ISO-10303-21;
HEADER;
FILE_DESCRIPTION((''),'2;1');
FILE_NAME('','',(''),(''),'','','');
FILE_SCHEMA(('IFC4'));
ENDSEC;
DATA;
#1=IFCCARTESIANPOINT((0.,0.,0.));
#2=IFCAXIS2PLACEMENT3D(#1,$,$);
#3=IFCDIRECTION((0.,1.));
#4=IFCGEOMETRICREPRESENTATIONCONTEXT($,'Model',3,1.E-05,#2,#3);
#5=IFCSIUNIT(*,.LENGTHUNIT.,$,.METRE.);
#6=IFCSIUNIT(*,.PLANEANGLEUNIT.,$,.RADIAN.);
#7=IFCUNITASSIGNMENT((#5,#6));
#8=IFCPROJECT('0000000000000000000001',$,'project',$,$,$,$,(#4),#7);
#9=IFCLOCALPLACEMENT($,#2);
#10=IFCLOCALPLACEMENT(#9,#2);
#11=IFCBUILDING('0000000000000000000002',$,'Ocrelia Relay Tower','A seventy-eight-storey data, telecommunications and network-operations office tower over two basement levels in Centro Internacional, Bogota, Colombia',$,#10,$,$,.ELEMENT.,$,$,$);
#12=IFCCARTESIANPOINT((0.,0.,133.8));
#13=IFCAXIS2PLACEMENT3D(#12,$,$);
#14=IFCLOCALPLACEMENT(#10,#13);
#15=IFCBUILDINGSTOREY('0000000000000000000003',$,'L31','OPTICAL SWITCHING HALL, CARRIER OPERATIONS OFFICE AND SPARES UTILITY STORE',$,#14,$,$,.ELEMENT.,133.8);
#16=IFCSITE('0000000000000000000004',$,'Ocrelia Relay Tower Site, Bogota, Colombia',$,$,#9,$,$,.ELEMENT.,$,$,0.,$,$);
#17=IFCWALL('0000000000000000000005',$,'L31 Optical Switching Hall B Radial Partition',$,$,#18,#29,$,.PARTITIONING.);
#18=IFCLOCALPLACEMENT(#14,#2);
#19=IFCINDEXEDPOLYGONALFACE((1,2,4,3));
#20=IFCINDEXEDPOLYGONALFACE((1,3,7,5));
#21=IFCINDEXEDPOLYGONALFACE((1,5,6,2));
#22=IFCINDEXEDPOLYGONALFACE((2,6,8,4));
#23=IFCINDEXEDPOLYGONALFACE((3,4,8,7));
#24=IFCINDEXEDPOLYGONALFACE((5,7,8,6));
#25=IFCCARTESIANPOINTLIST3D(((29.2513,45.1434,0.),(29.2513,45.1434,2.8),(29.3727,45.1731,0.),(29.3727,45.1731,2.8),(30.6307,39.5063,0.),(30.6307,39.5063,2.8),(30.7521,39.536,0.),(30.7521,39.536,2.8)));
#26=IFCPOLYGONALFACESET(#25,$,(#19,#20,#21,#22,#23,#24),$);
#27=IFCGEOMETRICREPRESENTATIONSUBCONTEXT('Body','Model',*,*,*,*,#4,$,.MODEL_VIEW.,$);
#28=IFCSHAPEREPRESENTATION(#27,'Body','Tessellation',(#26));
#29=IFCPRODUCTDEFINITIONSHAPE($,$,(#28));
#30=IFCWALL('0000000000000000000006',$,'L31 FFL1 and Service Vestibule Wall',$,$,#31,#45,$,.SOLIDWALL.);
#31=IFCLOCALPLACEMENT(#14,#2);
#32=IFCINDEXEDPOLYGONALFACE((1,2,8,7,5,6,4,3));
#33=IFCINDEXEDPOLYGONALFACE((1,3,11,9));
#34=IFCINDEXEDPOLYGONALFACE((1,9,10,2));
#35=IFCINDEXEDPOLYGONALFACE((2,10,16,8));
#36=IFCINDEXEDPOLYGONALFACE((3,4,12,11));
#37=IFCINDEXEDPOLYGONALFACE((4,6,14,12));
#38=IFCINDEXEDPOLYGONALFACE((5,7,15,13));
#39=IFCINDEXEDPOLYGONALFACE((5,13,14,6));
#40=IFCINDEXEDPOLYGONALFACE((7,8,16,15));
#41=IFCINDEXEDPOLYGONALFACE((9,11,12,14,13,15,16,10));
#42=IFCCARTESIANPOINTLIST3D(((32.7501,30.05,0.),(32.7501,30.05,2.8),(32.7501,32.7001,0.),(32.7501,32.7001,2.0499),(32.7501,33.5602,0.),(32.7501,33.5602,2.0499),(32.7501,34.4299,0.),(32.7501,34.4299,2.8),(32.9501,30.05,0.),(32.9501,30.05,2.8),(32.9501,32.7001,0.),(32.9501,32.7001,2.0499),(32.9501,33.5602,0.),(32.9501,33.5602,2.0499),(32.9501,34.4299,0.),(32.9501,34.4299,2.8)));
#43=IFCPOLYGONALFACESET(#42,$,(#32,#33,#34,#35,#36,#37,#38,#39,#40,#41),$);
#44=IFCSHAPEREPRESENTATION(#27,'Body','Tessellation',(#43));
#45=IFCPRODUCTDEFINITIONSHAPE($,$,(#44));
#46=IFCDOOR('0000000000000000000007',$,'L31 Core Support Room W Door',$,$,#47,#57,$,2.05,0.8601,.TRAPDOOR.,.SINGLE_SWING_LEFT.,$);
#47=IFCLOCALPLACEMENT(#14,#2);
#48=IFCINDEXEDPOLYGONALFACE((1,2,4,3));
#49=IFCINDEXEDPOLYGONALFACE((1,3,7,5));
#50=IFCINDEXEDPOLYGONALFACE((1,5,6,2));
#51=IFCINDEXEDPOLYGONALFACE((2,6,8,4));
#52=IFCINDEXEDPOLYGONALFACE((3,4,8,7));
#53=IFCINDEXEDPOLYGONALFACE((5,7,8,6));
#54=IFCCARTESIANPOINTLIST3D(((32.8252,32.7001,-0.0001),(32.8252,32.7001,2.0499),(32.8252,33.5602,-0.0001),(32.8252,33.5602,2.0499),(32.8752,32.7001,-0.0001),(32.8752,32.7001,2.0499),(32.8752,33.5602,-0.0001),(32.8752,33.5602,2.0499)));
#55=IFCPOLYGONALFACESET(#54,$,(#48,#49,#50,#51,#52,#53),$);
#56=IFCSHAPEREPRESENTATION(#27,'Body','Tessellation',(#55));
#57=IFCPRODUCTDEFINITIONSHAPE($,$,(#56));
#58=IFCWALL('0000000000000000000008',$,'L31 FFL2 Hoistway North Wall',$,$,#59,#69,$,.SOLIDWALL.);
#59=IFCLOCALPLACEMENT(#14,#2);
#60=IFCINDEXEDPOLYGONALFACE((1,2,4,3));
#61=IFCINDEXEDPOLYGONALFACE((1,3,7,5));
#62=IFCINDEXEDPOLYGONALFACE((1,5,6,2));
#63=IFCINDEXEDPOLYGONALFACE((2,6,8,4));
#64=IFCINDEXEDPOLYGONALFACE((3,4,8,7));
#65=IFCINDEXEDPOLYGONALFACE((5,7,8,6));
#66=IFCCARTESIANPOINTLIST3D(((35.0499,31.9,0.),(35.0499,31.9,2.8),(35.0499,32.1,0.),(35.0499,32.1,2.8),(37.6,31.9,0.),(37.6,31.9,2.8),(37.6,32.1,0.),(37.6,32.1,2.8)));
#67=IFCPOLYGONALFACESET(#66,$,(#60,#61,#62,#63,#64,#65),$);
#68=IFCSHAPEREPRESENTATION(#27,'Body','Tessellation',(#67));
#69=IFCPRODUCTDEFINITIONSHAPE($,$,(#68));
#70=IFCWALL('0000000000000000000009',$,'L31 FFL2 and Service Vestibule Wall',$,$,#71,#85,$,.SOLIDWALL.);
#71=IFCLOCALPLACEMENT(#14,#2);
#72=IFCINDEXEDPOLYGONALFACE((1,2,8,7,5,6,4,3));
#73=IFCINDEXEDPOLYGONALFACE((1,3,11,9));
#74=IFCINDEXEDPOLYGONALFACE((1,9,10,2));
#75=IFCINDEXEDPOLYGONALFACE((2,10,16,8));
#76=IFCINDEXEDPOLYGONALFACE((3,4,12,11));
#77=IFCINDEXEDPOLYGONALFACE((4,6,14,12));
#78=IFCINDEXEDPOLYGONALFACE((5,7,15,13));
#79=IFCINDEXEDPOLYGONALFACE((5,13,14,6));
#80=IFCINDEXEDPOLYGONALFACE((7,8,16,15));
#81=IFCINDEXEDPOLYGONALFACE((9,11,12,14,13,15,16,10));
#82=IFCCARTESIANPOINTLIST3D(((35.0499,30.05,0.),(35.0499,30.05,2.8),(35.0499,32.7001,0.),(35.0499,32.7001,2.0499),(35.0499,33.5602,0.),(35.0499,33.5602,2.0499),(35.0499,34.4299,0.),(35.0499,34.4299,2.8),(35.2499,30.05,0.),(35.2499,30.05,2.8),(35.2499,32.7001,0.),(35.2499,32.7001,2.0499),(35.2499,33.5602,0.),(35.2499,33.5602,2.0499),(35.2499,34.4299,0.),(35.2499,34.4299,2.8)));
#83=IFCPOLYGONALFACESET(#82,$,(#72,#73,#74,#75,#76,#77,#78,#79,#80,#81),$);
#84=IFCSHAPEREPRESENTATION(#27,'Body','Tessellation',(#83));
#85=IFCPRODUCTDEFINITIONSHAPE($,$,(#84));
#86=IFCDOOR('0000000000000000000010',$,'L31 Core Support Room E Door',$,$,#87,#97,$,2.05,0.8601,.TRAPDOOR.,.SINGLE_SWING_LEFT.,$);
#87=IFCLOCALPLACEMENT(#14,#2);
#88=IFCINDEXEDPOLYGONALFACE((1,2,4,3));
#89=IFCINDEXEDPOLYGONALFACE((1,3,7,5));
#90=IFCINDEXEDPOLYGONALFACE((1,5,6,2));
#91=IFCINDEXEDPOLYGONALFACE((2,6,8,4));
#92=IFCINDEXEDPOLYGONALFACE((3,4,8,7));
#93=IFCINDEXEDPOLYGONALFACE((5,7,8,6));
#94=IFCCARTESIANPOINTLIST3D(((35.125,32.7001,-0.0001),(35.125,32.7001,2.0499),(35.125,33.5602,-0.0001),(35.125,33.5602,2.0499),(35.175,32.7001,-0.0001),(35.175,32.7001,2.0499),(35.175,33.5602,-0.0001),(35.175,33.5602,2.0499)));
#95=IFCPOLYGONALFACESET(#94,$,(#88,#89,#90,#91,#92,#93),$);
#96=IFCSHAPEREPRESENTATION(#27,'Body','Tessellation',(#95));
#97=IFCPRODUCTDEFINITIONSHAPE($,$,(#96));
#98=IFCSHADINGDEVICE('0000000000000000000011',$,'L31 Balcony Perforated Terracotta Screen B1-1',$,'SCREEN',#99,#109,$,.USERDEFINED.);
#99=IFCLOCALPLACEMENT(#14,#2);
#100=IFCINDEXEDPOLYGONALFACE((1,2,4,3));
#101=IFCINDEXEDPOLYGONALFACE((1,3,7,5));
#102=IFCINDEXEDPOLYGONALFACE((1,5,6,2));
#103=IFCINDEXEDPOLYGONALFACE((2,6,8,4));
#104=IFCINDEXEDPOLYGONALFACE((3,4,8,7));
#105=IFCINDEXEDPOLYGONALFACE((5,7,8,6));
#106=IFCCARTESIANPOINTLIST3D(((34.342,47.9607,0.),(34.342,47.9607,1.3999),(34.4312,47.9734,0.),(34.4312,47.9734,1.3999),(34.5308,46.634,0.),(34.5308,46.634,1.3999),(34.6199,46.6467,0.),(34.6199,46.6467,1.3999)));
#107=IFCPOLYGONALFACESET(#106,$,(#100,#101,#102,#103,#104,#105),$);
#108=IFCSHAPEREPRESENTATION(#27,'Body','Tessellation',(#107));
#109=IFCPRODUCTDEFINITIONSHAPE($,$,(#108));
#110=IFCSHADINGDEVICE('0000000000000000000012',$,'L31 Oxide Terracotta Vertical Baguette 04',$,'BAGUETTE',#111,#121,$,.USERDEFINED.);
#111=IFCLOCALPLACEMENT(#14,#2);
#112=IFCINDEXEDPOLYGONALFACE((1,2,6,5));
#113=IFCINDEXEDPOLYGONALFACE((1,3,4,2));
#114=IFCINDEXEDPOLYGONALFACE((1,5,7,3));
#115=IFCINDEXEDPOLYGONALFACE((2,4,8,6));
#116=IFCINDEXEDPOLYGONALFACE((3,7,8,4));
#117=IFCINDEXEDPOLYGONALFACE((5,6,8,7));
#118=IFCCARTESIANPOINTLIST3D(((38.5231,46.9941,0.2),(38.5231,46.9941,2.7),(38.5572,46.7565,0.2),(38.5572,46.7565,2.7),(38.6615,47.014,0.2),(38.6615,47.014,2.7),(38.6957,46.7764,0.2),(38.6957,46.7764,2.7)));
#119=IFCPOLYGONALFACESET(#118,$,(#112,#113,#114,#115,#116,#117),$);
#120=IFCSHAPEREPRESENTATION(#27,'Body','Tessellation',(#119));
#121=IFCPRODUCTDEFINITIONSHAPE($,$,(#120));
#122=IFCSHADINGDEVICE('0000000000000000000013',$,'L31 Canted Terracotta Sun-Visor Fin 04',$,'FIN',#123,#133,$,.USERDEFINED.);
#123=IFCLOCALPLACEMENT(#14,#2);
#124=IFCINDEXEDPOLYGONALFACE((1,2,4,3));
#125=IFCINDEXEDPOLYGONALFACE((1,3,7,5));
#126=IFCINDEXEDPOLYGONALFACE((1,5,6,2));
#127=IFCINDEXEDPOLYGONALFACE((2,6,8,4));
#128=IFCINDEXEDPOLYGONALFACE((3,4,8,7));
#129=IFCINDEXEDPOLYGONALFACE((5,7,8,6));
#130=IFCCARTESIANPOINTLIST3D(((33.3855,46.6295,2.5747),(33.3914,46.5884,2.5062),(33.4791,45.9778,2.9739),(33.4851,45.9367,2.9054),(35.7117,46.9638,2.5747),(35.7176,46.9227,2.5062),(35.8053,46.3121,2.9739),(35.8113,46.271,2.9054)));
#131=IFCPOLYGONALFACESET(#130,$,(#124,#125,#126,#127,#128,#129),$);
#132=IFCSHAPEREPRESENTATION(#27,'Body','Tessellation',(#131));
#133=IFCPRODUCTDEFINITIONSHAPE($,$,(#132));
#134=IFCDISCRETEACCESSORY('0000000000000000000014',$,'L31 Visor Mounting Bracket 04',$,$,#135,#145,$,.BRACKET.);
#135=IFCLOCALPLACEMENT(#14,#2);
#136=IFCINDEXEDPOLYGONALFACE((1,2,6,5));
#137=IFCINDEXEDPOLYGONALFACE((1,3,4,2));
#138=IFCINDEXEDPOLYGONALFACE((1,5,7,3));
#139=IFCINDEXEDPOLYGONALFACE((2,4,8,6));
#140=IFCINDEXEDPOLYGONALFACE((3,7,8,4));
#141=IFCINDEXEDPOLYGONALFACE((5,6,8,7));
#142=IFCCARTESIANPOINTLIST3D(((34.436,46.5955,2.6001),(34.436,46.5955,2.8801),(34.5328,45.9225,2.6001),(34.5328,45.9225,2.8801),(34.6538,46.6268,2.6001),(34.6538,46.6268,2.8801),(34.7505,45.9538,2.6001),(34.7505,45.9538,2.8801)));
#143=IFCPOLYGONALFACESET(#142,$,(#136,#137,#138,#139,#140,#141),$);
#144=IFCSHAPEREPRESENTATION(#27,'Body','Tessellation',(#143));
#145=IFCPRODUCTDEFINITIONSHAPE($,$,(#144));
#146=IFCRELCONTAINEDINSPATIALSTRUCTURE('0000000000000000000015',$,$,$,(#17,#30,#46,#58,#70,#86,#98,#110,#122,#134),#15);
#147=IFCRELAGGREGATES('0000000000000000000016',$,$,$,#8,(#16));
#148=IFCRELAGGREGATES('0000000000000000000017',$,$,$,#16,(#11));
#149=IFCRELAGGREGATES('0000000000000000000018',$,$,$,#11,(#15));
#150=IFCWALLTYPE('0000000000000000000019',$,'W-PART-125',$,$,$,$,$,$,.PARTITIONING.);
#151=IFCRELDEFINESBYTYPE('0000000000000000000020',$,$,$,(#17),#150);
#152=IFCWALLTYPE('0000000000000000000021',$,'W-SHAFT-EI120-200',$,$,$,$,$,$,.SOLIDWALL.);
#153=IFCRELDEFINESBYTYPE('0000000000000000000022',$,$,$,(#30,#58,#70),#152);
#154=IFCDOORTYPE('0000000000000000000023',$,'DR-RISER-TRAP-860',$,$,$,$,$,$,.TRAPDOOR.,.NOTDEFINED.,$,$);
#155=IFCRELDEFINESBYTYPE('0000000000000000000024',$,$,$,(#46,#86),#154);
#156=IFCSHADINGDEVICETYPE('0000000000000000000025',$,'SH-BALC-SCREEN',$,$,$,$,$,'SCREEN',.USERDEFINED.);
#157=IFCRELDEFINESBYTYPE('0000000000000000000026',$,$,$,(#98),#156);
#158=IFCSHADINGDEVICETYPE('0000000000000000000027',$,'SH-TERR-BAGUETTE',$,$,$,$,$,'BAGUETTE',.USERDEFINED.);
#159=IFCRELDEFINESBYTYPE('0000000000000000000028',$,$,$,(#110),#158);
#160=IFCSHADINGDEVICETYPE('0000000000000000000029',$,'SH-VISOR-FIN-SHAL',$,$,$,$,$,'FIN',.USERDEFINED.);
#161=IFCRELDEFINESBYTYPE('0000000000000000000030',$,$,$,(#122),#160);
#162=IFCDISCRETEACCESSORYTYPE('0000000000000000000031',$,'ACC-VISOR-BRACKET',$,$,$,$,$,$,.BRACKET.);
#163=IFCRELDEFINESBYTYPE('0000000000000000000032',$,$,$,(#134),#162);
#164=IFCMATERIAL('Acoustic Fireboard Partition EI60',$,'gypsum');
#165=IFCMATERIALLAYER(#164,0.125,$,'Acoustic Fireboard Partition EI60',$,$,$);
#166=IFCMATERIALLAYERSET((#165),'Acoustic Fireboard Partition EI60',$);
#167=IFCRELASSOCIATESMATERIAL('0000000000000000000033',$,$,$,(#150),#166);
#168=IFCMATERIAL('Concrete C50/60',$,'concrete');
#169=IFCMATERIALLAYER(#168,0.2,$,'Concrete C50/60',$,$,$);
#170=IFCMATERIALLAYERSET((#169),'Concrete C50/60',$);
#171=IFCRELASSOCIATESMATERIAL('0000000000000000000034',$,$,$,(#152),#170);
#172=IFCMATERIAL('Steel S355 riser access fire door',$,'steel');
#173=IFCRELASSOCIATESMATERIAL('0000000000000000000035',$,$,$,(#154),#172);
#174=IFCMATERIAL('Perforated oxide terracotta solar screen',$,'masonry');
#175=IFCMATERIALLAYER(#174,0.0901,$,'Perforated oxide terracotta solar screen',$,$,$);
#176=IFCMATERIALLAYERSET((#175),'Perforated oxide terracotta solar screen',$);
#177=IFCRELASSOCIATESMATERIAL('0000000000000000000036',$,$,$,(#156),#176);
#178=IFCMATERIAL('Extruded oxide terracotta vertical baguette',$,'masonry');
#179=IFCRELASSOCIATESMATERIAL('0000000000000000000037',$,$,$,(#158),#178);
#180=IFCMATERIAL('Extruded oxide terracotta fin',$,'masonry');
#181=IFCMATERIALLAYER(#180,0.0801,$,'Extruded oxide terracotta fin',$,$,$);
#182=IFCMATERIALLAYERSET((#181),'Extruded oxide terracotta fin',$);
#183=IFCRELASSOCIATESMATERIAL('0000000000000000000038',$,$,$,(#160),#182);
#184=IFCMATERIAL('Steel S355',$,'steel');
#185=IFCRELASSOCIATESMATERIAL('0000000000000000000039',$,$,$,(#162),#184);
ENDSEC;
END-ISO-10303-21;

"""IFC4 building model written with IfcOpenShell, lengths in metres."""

from ifc_helpers import new_model, si_unit, direction, frame, frame_2d, origin, origin_2d, place, context, subcontext, project, spatial, rectangle, extrude, material, layer, layer_set, type_object, element, fill, save


model = new_model("IFC4")

# Units and contexts
model_context = context("Model", 3, precision=1e-05, world=origin(), true_north=direction((0.0, 1.0)))
body_context = subcontext(model_context, "Body", "Model", "MODEL_VIEW")
ifc_project = project(units=[si_unit("LENGTHUNIT", "METRE"), si_unit("PLANEANGLEUNIT", "RADIAN")], contexts=[model_context])

# Site, building, storey
site_placement = place(None, origin())
site = spatial("IfcSite", under=ifc_project, at=site_placement, Name="Ocrelia Relay Tower Site, Bogota, Colombia", CompositionType="ELEMENT", RefElevation=0.0)
building_placement = place(site_placement, origin())
building = spatial("IfcBuilding", under=site, at=building_placement, Name="Ocrelia Relay Tower", Description="A seventy-eight-storey data, telecommunications and network-operations office tower over two basement levels in Centro Internacional, Bogota, Colombia", CompositionType="ELEMENT")
storey_placement = place(building_placement, frame((0.0, 0.0, 133.8)))
storey = spatial("IfcBuildingStorey", under=building, at=storey_placement, Name="L31", Description="OPTICAL SWITCHING HALL, CARRIER OPERATIONS OFFICE AND SPARES UTILITY STORE", CompositionType="ELEMENT", Elevation=133.8)

# Shared definitions
ifc_material_1 = material(Name="Steel S355", Category="steel")

# Shared definitions
ifc_material_2 = material(Name="Concrete C50/60", Category="concrete")

# Wall
ifc_material_3 = material(Name="Acoustic Fireboard Partition EI60", Category="gypsum")
ifc_layer_1 = layer(ifc_material_3, 0.125, Name="Acoustic Fireboard Partition EI60")
ifc_layer_set_1 = layer_set([ifc_layer_1], Name="Acoustic Fireboard Partition EI60")
wall_type_1 = type_object("IfcWallType", Name="W-PART-125", PredefinedType="PARTITIONING", material=ifc_layer_set_1)
wall_1_placement = place(storey_placement, frame((30.6914, 39.521, 0.0), z_axis=(0.0, 0.0, 1.0), x_axis=(-0.237682, 0.971343, 0.0)))
element("IfcWall", 1, at=wall_1_placement, inside=storey, type_object=wall_type_1, Name="L31 Optical Switching Hall B Radial Partition", PredefinedType="PARTITIONING", context=body_context, shape_type="SweptSolid", body=[
    extrude(rectangle(XDim=5.8035, YDim=0.125, at=frame_2d((2.9019, 0.0))), origin(), (0.0, 0.0, 1.0), 2.8),
])

# Wall, opening, door
ifc_layer_2 = layer(ifc_material_2, 0.2, Name="Concrete C50/60")
ifc_layer_set_2 = layer_set([ifc_layer_2], Name="Concrete C50/60")
wall_type_2 = type_object("IfcWallType", Name="W-SHAFT-EI120-200", PredefinedType="SOLIDWALL", material=ifc_layer_set_2)
wall_2_placement = place(storey_placement, frame((32.8501, 30.05, 0.0), z_axis=(0.0, 0.0, 1.0), x_axis=(0.0, 1.0, 0.0)))
wall_2 = element("IfcWall", 2, at=wall_2_placement, inside=storey, type_object=wall_type_2, Name="L31 FFL1 and Service Vestibule Wall", PredefinedType="SOLIDWALL", context=body_context, shape_type="SweptSolid", body=[
    extrude(rectangle(XDim=4.3799, YDim=0.2, at=frame_2d((2.1899, 0.0))), origin(), (0.0, 0.0, 1.0), 2.8),
])
opening_1_placement = place(wall_2_placement, frame((2.6499, 0.0, 0.0)))
opening_1 = element("IfcOpeningElement", 3, at=opening_1_placement, cuts=wall_2, PredefinedType="OPENING", context=body_context, shape_type="SweptSolid", body=[
    extrude(rectangle(XDim=0.8601, YDim=2.05, at=frame_2d((0.4302, 1.0249))), frame((0.0, 0.1099, 0.0), z_axis=(0.0, -1.0, 0.0), x_axis=(1.0, 0.0, 0.0)), (0.0, 0.0, 1.0), 0.22),
])
ifc_material_4 = material(Name="Steel S355 riser access fire door", Category="steel")
door_type_1 = type_object("IfcDoorType", Name="DR-RISER-TRAP-860", OperationType="NOTDEFINED", PredefinedType="TRAPDOOR", material=ifc_material_4)
door_1_placement = place(opening_1_placement, origin())
door_1 = element("IfcDoor", 4, at=door_1_placement, inside=storey, type_object=door_type_1, Name="L31 Core Support Room W Door", OperationType="SINGLE_SWING_LEFT", OverallHeight=2.05, OverallWidth=0.8601, PredefinedType="TRAPDOOR", context=body_context, shape_type="SweptSolid", body=[
    extrude(rectangle(XDim=0.8601, YDim=2.05, at=frame_2d((0.4302, 1.0249))), frame((0.0, 0.0249, 0.0), z_axis=(0.0, -1.0, 0.0), x_axis=(1.0, 0.0, 0.0)), (0.0, 0.0, 1.0), 0.05),
])
fill(opening_1, door_1)

# Wall
wall_3_placement = place(storey_placement, frame((35.05, 32.0, 0.0), z_axis=(0.0, 0.0, 1.0), x_axis=(1.0, 0.0, 0.0)))
element("IfcWall", 5, at=wall_3_placement, inside=storey, type_object=wall_type_2, Name="L31 FFL2 Hoistway North Wall", PredefinedType="SOLIDWALL", context=body_context, shape_type="SweptSolid", body=[
    extrude(rectangle(XDim=2.55, YDim=0.2, at=frame_2d((1.2749, 0.0))), origin(), (0.0, 0.0, 1.0), 2.8),
])

# Wall, opening, door
wall_4_placement = place(storey_placement, frame((35.1499, 30.05, 0.0), z_axis=(0.0, 0.0, 1.0), x_axis=(0.0, 1.0, 0.0)))
wall_4 = element("IfcWall", 6, at=wall_4_placement, inside=storey, type_object=wall_type_2, Name="L31 FFL2 and Service Vestibule Wall", PredefinedType="SOLIDWALL", context=body_context, shape_type="SweptSolid", body=[
    extrude(rectangle(XDim=4.3799, YDim=0.2, at=frame_2d((2.1899, 0.0))), origin(), (0.0, 0.0, 1.0), 2.8),
])
opening_2_placement = place(wall_4_placement, frame((2.6499, 0.0, 0.0)))
opening_2 = element("IfcOpeningElement", 7, at=opening_2_placement, cuts=wall_4, PredefinedType="OPENING", context=body_context, shape_type="SweptSolid", body=[
    extrude(rectangle(XDim=0.8601, YDim=2.05, at=frame_2d((0.4302, 1.0249))), frame((0.0, 0.1099, 0.0), z_axis=(0.0, -1.0, 0.0), x_axis=(1.0, 0.0, 0.0)), (0.0, 0.0, 1.0), 0.22),
])
door_2_placement = place(opening_2_placement, origin())
door_2 = element("IfcDoor", 8, at=door_2_placement, inside=storey, type_object=door_type_1, Name="L31 Core Support Room E Door", OperationType="SINGLE_SWING_LEFT", OverallHeight=2.05, OverallWidth=0.8601, PredefinedType="TRAPDOOR", context=body_context, shape_type="SweptSolid", body=[
    extrude(rectangle(XDim=0.8601, YDim=2.05, at=frame_2d((0.4302, 1.0249))), frame((0.0, 0.0249, 0.0), z_axis=(0.0, -1.0, 0.0), x_axis=(1.0, 0.0, 0.0)), (0.0, 0.0, 1.0), 0.05),
])
fill(opening_2, door_2)

# Shading devices
ifc_material_5 = material(Name="Perforated oxide terracotta solar screen", Category="masonry")
ifc_layer_3 = layer(ifc_material_5, 0.0901, Name="Perforated oxide terracotta solar screen")
ifc_layer_set_3 = layer_set([ifc_layer_3], Name="Perforated oxide terracotta solar screen")
shading_device_type_1 = type_object("IfcShadingDeviceType", Name="SH-BALC-SCREEN", ElementType="SCREEN", PredefinedType="USERDEFINED", material=ifc_layer_set_3)
shading_device_1_placement = place(storey_placement, frame((34.481, 47.3037, 0.0), z_axis=(0.0, 0.0, 1.0), x_axis=(-0.140879, 0.990027, 0.0)))
element("IfcShadingDevice", 9, at=shading_device_1_placement, inside=storey, type_object=shading_device_type_1, Name="L31 Balcony Perforated Terracotta Screen B1-1", ObjectType="SCREEN", PredefinedType="USERDEFINED", context=body_context, shape_type="SweptSolid", body=[
    extrude(rectangle(XDim=1.3401, YDim=0.0901, at=origin_2d()), origin(), (0.0, 0.0, 1.0), 1.3999),
])
ifc_material_6 = material(Name="Extruded oxide terracotta vertical baguette", Category="masonry")
shading_device_type_2 = type_object("IfcShadingDeviceType", Name="SH-TERR-BAGUETTE", ElementType="BAGUETTE", PredefinedType="USERDEFINED", material=ifc_material_6)
shading_device_2_placement = place(storey_placement, frame((38.6094, 46.8853, 0.2), z_axis=(0.0, 0.0, 1.0), x_axis=(-0.989829, -0.142259, 0.0)))
element("IfcShadingDevice", 10, at=shading_device_2_placement, inside=storey, type_object=shading_device_type_2, Name="L31 Oxide Terracotta Vertical Baguette 04", ObjectType="BAGUETTE", PredefinedType="USERDEFINED", context=body_context, shape_type="SweptSolid", body=[
    extrude(rectangle(XDim=0.1399, YDim=0.24, at=origin_2d()), origin(), (0.0, 0.0, 1.0), 2.5),
])
ifc_material_7 = material(Name="Extruded oxide terracotta fin", Category="masonry")
ifc_layer_4 = layer(ifc_material_7, 0.0801, Name="Extruded oxide terracotta fin")
ifc_layer_set_4 = layer_set([ifc_layer_4], Name="Extruded oxide terracotta fin")
shading_device_type_3 = type_object("IfcShadingDeviceType", Name="SH-VISOR-FIN-SHAL", ElementType="FIN", PredefinedType="USERDEFINED", material=ifc_layer_set_4)
shading_device_3_placement = place(storey_placement, frame((34.6013, 46.4297, 2.7058), z_axis=(-0.073758, 0.513202, 0.855093), x_axis=(-0.989829, -0.142259, 0.0)))
element("IfcShadingDevice", 11, at=shading_device_3_placement, inside=storey, type_object=shading_device_type_3, Name="L31 Canted Terracotta Sun-Visor Fin 04", ObjectType="FIN", PredefinedType="USERDEFINED", context=body_context, shape_type="SweptSolid", body=[
    extrude(rectangle(XDim=2.3501, YDim=0.77, at=origin_2d()), origin(), (0.0, 0.0, 1.0), 0.0801),
])

# Discrete accessory
discrete_accessory_type = type_object("IfcDiscreteAccessoryType", Name="ACC-VISOR-BRACKET", PredefinedType="BRACKET", material=ifc_material_1)
discrete_accessory_placement = place(storey_placement, frame((34.5933, 46.2747, 2.6001), z_axis=(0.0, 0.0, 1.0), x_axis=(-0.989829, -0.142259, 0.0)))
element("IfcDiscreteAccessory", 12, at=discrete_accessory_placement, inside=storey, type_object=discrete_accessory_type, Name="L31 Visor Mounting Bracket 04", PredefinedType="BRACKET", context=body_context, shape_type="SweptSolid", body=[
    extrude(rectangle(XDim=0.22, YDim=0.6799, at=origin_2d()), origin(), (0.0, 0.0, 1.0), 0.28),
])

save(model, "model.ifc")
